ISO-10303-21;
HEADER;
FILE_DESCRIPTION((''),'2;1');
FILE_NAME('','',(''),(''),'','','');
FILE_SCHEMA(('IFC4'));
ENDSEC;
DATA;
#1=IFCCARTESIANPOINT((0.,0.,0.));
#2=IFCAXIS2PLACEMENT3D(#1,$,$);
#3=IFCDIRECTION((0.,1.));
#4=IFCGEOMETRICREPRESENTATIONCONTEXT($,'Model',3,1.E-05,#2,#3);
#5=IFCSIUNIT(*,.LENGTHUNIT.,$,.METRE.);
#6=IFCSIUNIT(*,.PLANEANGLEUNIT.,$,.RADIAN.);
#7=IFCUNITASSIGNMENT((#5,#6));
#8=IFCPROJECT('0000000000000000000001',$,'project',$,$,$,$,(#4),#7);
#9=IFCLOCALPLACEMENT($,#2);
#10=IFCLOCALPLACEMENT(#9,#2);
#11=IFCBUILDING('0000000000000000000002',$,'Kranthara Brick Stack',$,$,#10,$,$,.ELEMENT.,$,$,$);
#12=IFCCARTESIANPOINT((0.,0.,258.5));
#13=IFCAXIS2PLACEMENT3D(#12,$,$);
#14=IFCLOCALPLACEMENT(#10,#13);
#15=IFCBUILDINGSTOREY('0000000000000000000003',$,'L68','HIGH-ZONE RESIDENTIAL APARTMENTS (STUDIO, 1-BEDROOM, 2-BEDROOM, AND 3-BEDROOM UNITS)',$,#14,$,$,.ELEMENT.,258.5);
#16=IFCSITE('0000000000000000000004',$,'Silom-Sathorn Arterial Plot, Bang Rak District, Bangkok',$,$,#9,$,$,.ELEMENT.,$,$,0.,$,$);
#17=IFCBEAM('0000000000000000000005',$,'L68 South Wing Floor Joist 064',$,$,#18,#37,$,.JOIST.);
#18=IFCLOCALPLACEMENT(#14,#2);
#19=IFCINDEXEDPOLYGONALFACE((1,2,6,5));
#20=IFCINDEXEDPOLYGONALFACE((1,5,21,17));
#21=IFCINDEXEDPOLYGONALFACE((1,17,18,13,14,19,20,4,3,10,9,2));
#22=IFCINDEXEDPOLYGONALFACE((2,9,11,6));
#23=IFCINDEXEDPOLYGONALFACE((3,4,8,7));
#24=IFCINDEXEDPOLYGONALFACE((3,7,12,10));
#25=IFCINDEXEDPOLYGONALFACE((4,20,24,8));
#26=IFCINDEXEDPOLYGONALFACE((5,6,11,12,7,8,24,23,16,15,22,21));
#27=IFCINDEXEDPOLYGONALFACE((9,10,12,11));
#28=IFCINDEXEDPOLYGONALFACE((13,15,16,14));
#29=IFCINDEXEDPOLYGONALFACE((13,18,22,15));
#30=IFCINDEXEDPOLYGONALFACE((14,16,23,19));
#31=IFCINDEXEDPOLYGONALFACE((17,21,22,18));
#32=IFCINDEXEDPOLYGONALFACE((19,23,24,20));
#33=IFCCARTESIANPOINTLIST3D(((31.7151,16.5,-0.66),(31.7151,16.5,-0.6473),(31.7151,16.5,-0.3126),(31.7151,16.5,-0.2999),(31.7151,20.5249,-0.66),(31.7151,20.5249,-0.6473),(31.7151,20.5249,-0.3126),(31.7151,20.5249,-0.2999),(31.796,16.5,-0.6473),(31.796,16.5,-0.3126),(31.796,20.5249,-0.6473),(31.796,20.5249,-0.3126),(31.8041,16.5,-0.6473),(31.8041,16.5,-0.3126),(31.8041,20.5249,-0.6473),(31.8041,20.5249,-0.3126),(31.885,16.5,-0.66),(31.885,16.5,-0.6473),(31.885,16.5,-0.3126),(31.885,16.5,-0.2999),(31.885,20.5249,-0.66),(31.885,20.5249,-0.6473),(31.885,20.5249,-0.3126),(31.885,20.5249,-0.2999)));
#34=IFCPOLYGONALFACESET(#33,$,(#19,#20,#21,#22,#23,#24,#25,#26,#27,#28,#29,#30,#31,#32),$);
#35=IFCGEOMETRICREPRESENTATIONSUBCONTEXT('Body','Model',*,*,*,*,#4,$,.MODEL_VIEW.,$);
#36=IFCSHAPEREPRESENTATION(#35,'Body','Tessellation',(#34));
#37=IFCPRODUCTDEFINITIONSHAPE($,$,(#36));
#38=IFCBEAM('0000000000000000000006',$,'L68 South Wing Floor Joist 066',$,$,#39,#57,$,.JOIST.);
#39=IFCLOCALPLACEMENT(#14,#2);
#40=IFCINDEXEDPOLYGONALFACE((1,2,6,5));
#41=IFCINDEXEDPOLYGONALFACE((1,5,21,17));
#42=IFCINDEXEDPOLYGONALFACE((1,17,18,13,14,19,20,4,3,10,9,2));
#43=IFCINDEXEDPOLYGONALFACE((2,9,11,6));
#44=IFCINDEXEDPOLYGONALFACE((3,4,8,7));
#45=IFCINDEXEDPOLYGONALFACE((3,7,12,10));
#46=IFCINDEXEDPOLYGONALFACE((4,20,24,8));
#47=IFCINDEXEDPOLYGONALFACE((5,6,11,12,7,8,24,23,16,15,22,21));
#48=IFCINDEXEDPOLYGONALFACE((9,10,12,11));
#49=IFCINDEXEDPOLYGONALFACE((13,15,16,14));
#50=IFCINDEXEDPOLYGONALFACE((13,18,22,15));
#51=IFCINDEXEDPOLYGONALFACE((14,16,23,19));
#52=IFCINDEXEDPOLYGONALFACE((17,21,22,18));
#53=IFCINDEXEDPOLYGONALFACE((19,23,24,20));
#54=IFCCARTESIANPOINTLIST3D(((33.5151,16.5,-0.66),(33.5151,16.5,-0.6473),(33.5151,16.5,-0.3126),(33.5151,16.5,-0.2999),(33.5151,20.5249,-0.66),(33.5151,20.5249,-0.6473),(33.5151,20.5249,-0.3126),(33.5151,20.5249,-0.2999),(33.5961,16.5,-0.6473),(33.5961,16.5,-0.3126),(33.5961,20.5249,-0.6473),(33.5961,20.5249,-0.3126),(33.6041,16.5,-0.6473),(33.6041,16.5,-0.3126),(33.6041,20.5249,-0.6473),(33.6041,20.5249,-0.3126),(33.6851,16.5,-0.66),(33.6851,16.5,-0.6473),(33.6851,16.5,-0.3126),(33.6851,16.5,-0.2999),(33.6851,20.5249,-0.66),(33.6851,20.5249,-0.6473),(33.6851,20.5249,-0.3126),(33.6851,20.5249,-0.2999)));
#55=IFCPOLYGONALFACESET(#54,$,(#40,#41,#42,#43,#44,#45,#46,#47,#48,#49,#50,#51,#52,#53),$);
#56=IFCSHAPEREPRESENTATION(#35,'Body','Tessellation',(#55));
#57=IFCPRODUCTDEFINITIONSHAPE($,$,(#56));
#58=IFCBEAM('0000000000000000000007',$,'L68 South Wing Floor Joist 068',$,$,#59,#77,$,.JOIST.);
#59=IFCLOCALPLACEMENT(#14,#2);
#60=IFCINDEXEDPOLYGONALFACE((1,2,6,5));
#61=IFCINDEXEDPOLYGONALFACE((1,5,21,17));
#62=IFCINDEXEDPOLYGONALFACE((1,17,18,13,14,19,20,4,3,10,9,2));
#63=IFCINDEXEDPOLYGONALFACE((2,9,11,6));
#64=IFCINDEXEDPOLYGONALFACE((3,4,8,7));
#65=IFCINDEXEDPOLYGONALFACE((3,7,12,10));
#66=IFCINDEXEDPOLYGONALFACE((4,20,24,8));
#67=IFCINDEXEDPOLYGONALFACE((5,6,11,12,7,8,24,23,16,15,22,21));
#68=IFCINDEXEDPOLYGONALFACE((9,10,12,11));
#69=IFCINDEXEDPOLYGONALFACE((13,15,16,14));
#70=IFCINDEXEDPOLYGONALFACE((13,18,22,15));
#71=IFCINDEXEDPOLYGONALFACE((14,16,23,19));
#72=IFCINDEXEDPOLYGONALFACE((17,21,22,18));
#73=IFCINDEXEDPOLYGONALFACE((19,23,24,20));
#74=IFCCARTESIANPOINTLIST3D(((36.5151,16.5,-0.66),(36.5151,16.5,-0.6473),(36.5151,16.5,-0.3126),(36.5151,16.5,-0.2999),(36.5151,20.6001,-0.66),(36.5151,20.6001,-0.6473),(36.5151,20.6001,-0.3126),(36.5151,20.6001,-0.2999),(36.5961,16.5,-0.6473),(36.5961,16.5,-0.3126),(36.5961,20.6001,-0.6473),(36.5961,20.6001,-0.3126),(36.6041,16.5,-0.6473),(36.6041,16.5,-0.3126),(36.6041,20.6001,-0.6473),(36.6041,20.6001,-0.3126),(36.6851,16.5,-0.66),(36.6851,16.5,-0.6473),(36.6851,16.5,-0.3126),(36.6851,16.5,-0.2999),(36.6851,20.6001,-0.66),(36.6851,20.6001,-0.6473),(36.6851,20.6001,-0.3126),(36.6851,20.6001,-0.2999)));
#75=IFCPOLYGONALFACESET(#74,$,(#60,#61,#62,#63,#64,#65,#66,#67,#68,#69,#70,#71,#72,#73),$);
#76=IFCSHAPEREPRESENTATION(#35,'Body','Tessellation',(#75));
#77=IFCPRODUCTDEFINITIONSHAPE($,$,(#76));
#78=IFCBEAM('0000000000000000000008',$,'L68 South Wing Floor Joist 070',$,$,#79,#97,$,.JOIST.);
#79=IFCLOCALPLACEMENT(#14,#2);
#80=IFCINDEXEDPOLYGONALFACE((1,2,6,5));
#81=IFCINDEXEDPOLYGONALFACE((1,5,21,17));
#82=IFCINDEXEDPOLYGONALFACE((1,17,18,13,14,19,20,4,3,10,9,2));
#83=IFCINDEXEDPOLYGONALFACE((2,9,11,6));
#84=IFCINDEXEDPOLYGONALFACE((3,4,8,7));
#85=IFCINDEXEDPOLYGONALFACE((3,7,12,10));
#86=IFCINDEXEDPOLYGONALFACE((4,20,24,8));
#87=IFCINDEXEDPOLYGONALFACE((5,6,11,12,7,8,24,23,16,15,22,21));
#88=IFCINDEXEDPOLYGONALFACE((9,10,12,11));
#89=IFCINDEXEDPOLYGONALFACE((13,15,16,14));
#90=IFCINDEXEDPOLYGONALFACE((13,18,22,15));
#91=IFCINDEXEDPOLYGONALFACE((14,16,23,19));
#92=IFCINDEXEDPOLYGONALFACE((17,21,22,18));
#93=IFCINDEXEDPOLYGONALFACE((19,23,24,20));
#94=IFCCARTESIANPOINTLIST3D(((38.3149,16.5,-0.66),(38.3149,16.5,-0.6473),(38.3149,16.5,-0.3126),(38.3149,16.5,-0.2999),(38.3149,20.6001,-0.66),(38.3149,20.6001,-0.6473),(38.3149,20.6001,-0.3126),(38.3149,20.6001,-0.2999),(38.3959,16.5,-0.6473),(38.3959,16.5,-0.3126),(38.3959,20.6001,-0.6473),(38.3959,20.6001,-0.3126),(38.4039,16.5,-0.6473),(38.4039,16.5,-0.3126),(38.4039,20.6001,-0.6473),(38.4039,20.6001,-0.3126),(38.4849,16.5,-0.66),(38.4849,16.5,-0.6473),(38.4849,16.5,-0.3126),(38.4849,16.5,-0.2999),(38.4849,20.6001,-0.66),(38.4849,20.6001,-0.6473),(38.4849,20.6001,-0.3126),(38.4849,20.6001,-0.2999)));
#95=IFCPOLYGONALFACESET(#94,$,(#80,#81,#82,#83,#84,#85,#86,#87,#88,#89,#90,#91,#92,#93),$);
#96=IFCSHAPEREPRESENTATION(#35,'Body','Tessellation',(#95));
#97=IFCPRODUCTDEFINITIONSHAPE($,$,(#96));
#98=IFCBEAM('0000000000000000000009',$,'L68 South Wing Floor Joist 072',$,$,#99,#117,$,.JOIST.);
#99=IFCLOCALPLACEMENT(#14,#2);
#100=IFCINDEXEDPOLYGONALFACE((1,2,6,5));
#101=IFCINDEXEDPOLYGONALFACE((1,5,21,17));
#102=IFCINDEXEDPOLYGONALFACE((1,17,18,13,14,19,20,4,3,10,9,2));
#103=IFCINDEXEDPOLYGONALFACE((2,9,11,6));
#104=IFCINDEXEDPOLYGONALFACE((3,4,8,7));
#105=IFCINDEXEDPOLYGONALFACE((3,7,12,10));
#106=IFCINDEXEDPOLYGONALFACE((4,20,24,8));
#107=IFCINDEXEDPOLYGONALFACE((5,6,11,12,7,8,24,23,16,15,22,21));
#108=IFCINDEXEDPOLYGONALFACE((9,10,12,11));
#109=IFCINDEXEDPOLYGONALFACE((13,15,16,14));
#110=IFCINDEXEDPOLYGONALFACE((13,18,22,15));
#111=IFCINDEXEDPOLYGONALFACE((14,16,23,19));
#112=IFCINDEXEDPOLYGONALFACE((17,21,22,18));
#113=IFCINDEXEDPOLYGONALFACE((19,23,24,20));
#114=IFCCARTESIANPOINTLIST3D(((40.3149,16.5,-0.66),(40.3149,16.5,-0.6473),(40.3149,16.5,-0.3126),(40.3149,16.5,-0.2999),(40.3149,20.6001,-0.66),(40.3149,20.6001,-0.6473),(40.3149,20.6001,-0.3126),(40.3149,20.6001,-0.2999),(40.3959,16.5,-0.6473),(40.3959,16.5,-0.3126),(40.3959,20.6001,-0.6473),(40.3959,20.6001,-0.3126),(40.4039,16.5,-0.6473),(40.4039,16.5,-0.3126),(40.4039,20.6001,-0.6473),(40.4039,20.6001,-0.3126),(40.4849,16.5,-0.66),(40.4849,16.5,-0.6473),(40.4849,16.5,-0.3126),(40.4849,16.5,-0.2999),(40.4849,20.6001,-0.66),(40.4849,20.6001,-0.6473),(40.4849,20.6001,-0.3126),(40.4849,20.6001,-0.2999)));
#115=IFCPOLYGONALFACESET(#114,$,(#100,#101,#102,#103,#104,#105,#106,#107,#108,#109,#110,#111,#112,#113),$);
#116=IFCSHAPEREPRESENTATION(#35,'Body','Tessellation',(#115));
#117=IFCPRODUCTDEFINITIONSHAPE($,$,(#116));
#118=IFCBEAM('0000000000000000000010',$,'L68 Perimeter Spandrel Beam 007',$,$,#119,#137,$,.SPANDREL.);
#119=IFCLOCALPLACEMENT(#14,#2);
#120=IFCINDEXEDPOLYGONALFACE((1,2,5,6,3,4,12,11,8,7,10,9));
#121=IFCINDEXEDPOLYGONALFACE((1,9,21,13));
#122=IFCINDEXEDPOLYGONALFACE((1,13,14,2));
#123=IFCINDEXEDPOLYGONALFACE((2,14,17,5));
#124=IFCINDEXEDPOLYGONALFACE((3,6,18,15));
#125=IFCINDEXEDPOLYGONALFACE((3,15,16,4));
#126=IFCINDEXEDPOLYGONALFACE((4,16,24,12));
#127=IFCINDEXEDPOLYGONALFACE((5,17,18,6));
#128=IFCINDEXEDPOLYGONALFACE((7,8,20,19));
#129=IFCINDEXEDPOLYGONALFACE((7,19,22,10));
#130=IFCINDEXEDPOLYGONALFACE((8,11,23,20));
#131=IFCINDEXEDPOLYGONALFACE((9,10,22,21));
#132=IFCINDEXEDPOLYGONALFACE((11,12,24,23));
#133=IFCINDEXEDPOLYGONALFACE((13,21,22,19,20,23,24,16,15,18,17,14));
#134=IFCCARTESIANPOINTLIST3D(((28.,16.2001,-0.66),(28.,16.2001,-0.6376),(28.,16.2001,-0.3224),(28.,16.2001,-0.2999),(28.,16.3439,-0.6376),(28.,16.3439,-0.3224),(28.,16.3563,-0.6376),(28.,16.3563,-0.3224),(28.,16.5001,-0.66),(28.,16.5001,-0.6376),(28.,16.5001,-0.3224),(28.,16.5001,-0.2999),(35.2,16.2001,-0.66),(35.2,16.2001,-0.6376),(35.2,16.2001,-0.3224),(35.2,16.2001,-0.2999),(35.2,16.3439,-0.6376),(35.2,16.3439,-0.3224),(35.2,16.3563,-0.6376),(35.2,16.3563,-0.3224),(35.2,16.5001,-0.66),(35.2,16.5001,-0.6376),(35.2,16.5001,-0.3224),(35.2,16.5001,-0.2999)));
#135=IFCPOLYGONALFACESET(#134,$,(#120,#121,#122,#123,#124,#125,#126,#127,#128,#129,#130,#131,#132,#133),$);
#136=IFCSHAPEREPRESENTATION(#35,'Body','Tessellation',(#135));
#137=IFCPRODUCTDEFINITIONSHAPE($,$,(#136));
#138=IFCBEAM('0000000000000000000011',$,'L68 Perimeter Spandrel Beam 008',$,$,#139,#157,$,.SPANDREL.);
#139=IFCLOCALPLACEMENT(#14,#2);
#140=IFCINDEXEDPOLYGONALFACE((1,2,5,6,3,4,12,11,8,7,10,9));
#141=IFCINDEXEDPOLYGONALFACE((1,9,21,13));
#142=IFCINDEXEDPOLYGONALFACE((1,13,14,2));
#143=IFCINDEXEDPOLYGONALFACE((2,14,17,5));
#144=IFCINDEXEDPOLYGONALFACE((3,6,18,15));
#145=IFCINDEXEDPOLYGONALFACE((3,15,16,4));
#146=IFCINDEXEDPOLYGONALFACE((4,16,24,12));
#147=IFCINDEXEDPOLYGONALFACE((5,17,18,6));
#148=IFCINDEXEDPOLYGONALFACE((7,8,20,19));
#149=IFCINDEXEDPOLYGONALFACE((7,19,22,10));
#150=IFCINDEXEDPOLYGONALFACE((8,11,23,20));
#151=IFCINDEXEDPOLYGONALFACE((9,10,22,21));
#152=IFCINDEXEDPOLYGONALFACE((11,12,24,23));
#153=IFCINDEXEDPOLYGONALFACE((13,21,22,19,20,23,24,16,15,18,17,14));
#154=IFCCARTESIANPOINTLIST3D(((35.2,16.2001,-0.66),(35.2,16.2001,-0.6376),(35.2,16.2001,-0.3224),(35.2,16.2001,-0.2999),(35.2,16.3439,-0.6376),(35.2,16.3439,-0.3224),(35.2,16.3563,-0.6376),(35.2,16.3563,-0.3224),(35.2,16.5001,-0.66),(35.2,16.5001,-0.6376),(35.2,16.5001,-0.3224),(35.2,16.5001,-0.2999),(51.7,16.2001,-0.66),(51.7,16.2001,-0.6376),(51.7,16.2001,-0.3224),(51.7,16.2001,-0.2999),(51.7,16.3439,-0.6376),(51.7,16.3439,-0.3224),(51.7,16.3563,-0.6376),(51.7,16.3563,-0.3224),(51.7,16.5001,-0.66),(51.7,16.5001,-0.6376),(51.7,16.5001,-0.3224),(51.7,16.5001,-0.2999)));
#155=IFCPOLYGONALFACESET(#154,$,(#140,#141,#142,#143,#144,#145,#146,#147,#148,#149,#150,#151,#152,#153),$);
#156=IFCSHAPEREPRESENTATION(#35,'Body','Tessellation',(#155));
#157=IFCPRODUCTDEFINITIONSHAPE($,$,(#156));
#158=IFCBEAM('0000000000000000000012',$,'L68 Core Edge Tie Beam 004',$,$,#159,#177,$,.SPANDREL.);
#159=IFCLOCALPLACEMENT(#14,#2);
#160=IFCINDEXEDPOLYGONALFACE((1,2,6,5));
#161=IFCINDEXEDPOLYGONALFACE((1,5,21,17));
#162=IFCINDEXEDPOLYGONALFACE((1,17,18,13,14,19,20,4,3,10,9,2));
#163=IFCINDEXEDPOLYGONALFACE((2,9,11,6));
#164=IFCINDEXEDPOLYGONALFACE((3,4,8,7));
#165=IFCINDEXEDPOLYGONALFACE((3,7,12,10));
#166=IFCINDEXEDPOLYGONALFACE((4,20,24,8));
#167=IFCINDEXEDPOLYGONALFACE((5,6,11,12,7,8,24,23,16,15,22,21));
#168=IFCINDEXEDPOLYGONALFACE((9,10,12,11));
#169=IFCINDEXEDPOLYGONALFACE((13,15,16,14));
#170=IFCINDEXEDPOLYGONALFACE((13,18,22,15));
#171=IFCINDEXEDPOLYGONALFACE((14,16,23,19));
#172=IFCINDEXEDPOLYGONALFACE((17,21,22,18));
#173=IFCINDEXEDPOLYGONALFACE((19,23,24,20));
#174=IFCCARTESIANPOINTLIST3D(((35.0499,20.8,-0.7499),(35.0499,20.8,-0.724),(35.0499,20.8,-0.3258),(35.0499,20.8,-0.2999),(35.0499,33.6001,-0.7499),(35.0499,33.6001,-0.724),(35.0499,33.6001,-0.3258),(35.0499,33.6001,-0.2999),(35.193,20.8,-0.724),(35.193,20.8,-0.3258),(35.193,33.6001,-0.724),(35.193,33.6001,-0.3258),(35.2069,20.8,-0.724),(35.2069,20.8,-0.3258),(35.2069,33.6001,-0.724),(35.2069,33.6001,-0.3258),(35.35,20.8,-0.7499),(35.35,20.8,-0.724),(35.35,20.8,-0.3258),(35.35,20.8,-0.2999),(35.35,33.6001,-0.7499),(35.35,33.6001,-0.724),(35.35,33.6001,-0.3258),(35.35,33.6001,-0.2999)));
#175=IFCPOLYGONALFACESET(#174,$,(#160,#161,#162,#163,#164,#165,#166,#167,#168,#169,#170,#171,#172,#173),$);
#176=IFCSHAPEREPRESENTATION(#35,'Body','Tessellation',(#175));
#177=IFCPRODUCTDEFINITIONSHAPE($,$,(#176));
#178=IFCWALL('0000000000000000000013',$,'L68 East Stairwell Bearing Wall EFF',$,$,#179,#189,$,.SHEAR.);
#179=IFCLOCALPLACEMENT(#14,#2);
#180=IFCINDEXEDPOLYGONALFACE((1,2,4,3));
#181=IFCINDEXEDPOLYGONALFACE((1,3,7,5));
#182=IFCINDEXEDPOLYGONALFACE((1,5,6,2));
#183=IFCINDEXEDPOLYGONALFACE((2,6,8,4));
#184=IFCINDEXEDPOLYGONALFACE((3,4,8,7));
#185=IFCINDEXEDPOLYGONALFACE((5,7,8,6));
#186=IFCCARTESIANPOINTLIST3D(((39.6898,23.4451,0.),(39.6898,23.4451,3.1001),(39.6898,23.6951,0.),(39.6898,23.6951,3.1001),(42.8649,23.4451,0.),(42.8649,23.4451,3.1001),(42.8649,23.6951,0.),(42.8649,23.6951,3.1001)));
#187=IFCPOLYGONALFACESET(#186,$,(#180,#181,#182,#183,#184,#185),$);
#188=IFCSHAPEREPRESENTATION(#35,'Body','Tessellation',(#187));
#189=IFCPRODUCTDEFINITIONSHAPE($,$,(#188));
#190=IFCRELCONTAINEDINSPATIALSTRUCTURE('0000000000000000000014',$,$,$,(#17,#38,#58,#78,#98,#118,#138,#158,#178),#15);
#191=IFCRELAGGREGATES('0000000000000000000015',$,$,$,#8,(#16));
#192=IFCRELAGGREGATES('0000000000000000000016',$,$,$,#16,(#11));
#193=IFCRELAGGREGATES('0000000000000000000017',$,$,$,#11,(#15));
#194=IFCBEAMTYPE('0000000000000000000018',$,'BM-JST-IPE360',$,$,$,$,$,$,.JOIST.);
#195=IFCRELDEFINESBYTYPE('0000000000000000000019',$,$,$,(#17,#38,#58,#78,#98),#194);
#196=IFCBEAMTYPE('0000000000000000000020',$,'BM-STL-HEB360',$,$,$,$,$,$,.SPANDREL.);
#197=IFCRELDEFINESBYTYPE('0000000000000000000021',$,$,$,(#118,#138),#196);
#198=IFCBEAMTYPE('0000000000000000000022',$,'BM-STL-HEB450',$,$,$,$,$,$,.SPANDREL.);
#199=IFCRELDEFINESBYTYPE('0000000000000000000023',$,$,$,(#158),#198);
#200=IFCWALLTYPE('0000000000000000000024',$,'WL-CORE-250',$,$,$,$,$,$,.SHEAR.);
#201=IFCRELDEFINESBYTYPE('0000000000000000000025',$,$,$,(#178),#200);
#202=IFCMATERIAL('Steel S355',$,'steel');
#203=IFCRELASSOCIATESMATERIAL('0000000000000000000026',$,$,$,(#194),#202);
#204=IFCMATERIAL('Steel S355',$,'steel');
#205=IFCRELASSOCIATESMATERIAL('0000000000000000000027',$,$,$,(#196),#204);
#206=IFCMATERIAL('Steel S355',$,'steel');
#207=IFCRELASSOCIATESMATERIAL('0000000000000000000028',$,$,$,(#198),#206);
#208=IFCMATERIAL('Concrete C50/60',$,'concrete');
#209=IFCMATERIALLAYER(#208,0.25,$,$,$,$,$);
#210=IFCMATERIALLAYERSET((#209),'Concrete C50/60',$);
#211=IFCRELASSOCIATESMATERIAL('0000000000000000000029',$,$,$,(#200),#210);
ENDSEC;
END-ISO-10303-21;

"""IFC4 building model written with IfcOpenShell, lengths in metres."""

from ifc_helpers import new_model, si_unit, direction, frame, frame_2d, origin, origin_2d, place, context, subcontext, project, spatial, rectangle, i_section, extrude, material, layer, layer_set, material_profile, profile_set, type_object, element, save


model = new_model("IFC4")

# Units and contexts
model_context = context("Model", 3, precision=1e-05, world=origin(), true_north=direction((0.0, 1.0)))
body_context = subcontext(model_context, "Body", "Model", "MODEL_VIEW")
ifc_project = project(units=[si_unit("LENGTHUNIT", "METRE"), si_unit("PLANEANGLEUNIT", "RADIAN")], contexts=[model_context])

# Site, building, storey
site_placement = place(None, origin())
site = spatial("IfcSite", under=ifc_project, at=site_placement, Name="Silom-Sathorn Arterial Plot, Bang Rak District, Bangkok", CompositionType="ELEMENT", RefElevation=0.0)
building_placement = place(site_placement, origin())
building = spatial("IfcBuilding", under=site, at=building_placement, Name="Kranthara Brick Stack", CompositionType="ELEMENT")
storey_placement = place(building_placement, frame((0.0, 0.0, 258.5)))
storey = spatial("IfcBuildingStorey", under=building, at=storey_placement, Name="L68", Description="HIGH-ZONE RESIDENTIAL APARTMENTS (STUDIO, 1-BEDROOM, 2-BEDROOM, AND 3-BEDROOM UNITS)", CompositionType="ELEMENT", Elevation=258.5)

# Beams
ifc_material_1 = material(Name="Steel S355", Category="steel")
ifc_material_profile_1 = material_profile(ifc_material_1, i_section(OverallWidth=0.1699, OverallDepth=0.3601, WebThickness=0.0081, FlangeThickness=0.0127, at=origin_2d()), Name="IPE 360")
ifc_profile_set_1 = profile_set([ifc_material_profile_1], Name="Steel S355")
beam_type_1 = type_object("IfcBeamType", Name="BM-JST-IPE360", PredefinedType="JOIST", material=ifc_profile_set_1)
for number, where, z_axis, x_axis, name in (
    (1, (31.8, 16.5, -0.48), (0.0, 1.0, 0.0), (-1.0, 0.0, 0.0), "L68 South Wing Floor Joist 064"),
    (2, (33.6001, 16.5, -0.48), (0.0, 1.0, 0.0), (-1.0, 0.0, 0.0), "L68 South Wing Floor Joist 066"),
):
    element("IfcBeam", number, at=place(storey_placement, frame(where, z_axis=z_axis, x_axis=x_axis)), inside=storey, type_object=beam_type_1, Name=name, PredefinedType="JOIST", context=body_context, shape_type="SweptSolid", body=[
        extrude(i_section(OverallWidth=0.1699, OverallDepth=0.3601, WebThickness=0.0081, FlangeThickness=0.0127, at=origin_2d()), origin(), (0.0, 0.0, 1.0), 4.0249),
    ])
for number, where, z_axis, x_axis, name in (
    (3, (36.6001, 16.5, -0.48), (0.0, 1.0, 0.0), (-1.0, 0.0, 0.0), "L68 South Wing Floor Joist 068"),
    (4, (38.3999, 16.5, -0.48), (0.0, 1.0, 0.0), (-1.0, 0.0, 0.0), "L68 South Wing Floor Joist 070"),
    (5, (40.3999, 16.5, -0.48), (0.0, 1.0, 0.0), (-1.0, 0.0, 0.0), "L68 South Wing Floor Joist 072"),
):
    element("IfcBeam", number, at=place(storey_placement, frame(where, z_axis=z_axis, x_axis=x_axis)), inside=storey, type_object=beam_type_1, Name=name, PredefinedType="JOIST", context=body_context, shape_type="SweptSolid", body=[
        extrude(i_section(OverallWidth=0.1699, OverallDepth=0.3601, WebThickness=0.0081, FlangeThickness=0.0127, at=origin_2d()), origin(), (0.0, 0.0, 1.0), 4.1001),
    ])
ifc_material_2 = material(Name="Steel S355", Category="steel")
ifc_material_profile_2 = material_profile(ifc_material_2, i_section(OverallWidth=0.3, OverallDepth=0.3601, WebThickness=0.0125, FlangeThickness=0.0225, at=origin_2d()), Name="HEB 360")
ifc_profile_set_2 = profile_set([ifc_material_profile_2], Name="Steel S355")
beam_type_2 = type_object("IfcBeamType", Name="BM-STL-HEB360", PredefinedType="SPANDREL", material=ifc_profile_set_2)
beam_1_placement = place(storey_placement, frame((28.0, 16.3501, -0.48), z_axis=(1.0, 0.0, 0.0), x_axis=(0.0, 1.0, 0.0)))
element("IfcBeam", 6, at=beam_1_placement, inside=storey, type_object=beam_type_2, Name="L68 Perimeter Spandrel Beam 007", PredefinedType="SPANDREL", context=body_context, shape_type="SweptSolid", body=[
    extrude(i_section(OverallWidth=0.3, OverallDepth=0.3601, WebThickness=0.0125, FlangeThickness=0.0225, at=origin_2d()), origin(), (0.0, 0.0, 1.0), 7.2),
])
beam_2_placement = place(storey_placement, frame((35.2, 16.3501, -0.48), z_axis=(1.0, 0.0, 0.0), x_axis=(0.0, 1.0, 0.0)))
element("IfcBeam", 7, at=beam_2_placement, inside=storey, type_object=beam_type_2, Name="L68 Perimeter Spandrel Beam 008", PredefinedType="SPANDREL", context=body_context, shape_type="SweptSolid", body=[
    extrude(i_section(OverallWidth=0.3, OverallDepth=0.3601, WebThickness=0.0125, FlangeThickness=0.0225, at=origin_2d()), origin(), (0.0, 0.0, 1.0), 16.5),
])
ifc_material_3 = material(Name="Steel S355", Category="steel")
ifc_material_profile_3 = material_profile(ifc_material_3, i_section(OverallWidth=0.3, OverallDepth=0.45, WebThickness=0.0139, FlangeThickness=0.0259, at=origin_2d()), Name="HEB 450")
ifc_profile_set_3 = profile_set([ifc_material_profile_3], Name="Steel S355")
beam_type_3 = type_object("IfcBeamType", Name="BM-STL-HEB450", PredefinedType="SPANDREL", material=ifc_profile_set_3)
beam_3_placement = place(storey_placement, frame((35.2, 20.8, -0.5249), z_axis=(0.0, 1.0, 0.0), x_axis=(-1.0, 0.0, 0.0)))
element("IfcBeam", 8, at=beam_3_placement, inside=storey, type_object=beam_type_3, Name="L68 Core Edge Tie Beam 004", PredefinedType="SPANDREL", context=body_context, shape_type="SweptSolid", body=[
    extrude(i_section(OverallWidth=0.3, OverallDepth=0.45, WebThickness=0.0139, FlangeThickness=0.0259, at=origin_2d()), origin(), (0.0, 0.0, 1.0), 12.8),
])

# Shared definitions
ifc_material_4 = material(Name="Concrete C50/60", Category="concrete")
ifc_layer_1 = layer(ifc_material_4, 0.25)
ifc_layer_set_1 = layer_set([ifc_layer_1], Name="Concrete C50/60")
wall_type_1 = type_object("IfcWallType", Name="WL-CORE-250", PredefinedType="SHEAR", material=ifc_layer_set_1)

# Wall
wall_1_placement = place(storey_placement, frame((39.6899, 23.5701, 0.0), z_axis=(0.0, 0.0, 1.0), x_axis=(1.0, 0.0, 0.0)))
element("IfcWall", 9, at=wall_1_placement, inside=storey, type_object=wall_type_1, Name="L68 East Stairwell Bearing Wall EFF", PredefinedType="SHEAR", context=body_context, shape_type="SweptSolid", body=[
    extrude(rectangle(XDim=3.175, YDim=0.25, at=frame_2d((1.5874, 0.0))), origin(), (0.0, 0.0, 1.0), 3.1001),
])

save(model, "model.ifc")
